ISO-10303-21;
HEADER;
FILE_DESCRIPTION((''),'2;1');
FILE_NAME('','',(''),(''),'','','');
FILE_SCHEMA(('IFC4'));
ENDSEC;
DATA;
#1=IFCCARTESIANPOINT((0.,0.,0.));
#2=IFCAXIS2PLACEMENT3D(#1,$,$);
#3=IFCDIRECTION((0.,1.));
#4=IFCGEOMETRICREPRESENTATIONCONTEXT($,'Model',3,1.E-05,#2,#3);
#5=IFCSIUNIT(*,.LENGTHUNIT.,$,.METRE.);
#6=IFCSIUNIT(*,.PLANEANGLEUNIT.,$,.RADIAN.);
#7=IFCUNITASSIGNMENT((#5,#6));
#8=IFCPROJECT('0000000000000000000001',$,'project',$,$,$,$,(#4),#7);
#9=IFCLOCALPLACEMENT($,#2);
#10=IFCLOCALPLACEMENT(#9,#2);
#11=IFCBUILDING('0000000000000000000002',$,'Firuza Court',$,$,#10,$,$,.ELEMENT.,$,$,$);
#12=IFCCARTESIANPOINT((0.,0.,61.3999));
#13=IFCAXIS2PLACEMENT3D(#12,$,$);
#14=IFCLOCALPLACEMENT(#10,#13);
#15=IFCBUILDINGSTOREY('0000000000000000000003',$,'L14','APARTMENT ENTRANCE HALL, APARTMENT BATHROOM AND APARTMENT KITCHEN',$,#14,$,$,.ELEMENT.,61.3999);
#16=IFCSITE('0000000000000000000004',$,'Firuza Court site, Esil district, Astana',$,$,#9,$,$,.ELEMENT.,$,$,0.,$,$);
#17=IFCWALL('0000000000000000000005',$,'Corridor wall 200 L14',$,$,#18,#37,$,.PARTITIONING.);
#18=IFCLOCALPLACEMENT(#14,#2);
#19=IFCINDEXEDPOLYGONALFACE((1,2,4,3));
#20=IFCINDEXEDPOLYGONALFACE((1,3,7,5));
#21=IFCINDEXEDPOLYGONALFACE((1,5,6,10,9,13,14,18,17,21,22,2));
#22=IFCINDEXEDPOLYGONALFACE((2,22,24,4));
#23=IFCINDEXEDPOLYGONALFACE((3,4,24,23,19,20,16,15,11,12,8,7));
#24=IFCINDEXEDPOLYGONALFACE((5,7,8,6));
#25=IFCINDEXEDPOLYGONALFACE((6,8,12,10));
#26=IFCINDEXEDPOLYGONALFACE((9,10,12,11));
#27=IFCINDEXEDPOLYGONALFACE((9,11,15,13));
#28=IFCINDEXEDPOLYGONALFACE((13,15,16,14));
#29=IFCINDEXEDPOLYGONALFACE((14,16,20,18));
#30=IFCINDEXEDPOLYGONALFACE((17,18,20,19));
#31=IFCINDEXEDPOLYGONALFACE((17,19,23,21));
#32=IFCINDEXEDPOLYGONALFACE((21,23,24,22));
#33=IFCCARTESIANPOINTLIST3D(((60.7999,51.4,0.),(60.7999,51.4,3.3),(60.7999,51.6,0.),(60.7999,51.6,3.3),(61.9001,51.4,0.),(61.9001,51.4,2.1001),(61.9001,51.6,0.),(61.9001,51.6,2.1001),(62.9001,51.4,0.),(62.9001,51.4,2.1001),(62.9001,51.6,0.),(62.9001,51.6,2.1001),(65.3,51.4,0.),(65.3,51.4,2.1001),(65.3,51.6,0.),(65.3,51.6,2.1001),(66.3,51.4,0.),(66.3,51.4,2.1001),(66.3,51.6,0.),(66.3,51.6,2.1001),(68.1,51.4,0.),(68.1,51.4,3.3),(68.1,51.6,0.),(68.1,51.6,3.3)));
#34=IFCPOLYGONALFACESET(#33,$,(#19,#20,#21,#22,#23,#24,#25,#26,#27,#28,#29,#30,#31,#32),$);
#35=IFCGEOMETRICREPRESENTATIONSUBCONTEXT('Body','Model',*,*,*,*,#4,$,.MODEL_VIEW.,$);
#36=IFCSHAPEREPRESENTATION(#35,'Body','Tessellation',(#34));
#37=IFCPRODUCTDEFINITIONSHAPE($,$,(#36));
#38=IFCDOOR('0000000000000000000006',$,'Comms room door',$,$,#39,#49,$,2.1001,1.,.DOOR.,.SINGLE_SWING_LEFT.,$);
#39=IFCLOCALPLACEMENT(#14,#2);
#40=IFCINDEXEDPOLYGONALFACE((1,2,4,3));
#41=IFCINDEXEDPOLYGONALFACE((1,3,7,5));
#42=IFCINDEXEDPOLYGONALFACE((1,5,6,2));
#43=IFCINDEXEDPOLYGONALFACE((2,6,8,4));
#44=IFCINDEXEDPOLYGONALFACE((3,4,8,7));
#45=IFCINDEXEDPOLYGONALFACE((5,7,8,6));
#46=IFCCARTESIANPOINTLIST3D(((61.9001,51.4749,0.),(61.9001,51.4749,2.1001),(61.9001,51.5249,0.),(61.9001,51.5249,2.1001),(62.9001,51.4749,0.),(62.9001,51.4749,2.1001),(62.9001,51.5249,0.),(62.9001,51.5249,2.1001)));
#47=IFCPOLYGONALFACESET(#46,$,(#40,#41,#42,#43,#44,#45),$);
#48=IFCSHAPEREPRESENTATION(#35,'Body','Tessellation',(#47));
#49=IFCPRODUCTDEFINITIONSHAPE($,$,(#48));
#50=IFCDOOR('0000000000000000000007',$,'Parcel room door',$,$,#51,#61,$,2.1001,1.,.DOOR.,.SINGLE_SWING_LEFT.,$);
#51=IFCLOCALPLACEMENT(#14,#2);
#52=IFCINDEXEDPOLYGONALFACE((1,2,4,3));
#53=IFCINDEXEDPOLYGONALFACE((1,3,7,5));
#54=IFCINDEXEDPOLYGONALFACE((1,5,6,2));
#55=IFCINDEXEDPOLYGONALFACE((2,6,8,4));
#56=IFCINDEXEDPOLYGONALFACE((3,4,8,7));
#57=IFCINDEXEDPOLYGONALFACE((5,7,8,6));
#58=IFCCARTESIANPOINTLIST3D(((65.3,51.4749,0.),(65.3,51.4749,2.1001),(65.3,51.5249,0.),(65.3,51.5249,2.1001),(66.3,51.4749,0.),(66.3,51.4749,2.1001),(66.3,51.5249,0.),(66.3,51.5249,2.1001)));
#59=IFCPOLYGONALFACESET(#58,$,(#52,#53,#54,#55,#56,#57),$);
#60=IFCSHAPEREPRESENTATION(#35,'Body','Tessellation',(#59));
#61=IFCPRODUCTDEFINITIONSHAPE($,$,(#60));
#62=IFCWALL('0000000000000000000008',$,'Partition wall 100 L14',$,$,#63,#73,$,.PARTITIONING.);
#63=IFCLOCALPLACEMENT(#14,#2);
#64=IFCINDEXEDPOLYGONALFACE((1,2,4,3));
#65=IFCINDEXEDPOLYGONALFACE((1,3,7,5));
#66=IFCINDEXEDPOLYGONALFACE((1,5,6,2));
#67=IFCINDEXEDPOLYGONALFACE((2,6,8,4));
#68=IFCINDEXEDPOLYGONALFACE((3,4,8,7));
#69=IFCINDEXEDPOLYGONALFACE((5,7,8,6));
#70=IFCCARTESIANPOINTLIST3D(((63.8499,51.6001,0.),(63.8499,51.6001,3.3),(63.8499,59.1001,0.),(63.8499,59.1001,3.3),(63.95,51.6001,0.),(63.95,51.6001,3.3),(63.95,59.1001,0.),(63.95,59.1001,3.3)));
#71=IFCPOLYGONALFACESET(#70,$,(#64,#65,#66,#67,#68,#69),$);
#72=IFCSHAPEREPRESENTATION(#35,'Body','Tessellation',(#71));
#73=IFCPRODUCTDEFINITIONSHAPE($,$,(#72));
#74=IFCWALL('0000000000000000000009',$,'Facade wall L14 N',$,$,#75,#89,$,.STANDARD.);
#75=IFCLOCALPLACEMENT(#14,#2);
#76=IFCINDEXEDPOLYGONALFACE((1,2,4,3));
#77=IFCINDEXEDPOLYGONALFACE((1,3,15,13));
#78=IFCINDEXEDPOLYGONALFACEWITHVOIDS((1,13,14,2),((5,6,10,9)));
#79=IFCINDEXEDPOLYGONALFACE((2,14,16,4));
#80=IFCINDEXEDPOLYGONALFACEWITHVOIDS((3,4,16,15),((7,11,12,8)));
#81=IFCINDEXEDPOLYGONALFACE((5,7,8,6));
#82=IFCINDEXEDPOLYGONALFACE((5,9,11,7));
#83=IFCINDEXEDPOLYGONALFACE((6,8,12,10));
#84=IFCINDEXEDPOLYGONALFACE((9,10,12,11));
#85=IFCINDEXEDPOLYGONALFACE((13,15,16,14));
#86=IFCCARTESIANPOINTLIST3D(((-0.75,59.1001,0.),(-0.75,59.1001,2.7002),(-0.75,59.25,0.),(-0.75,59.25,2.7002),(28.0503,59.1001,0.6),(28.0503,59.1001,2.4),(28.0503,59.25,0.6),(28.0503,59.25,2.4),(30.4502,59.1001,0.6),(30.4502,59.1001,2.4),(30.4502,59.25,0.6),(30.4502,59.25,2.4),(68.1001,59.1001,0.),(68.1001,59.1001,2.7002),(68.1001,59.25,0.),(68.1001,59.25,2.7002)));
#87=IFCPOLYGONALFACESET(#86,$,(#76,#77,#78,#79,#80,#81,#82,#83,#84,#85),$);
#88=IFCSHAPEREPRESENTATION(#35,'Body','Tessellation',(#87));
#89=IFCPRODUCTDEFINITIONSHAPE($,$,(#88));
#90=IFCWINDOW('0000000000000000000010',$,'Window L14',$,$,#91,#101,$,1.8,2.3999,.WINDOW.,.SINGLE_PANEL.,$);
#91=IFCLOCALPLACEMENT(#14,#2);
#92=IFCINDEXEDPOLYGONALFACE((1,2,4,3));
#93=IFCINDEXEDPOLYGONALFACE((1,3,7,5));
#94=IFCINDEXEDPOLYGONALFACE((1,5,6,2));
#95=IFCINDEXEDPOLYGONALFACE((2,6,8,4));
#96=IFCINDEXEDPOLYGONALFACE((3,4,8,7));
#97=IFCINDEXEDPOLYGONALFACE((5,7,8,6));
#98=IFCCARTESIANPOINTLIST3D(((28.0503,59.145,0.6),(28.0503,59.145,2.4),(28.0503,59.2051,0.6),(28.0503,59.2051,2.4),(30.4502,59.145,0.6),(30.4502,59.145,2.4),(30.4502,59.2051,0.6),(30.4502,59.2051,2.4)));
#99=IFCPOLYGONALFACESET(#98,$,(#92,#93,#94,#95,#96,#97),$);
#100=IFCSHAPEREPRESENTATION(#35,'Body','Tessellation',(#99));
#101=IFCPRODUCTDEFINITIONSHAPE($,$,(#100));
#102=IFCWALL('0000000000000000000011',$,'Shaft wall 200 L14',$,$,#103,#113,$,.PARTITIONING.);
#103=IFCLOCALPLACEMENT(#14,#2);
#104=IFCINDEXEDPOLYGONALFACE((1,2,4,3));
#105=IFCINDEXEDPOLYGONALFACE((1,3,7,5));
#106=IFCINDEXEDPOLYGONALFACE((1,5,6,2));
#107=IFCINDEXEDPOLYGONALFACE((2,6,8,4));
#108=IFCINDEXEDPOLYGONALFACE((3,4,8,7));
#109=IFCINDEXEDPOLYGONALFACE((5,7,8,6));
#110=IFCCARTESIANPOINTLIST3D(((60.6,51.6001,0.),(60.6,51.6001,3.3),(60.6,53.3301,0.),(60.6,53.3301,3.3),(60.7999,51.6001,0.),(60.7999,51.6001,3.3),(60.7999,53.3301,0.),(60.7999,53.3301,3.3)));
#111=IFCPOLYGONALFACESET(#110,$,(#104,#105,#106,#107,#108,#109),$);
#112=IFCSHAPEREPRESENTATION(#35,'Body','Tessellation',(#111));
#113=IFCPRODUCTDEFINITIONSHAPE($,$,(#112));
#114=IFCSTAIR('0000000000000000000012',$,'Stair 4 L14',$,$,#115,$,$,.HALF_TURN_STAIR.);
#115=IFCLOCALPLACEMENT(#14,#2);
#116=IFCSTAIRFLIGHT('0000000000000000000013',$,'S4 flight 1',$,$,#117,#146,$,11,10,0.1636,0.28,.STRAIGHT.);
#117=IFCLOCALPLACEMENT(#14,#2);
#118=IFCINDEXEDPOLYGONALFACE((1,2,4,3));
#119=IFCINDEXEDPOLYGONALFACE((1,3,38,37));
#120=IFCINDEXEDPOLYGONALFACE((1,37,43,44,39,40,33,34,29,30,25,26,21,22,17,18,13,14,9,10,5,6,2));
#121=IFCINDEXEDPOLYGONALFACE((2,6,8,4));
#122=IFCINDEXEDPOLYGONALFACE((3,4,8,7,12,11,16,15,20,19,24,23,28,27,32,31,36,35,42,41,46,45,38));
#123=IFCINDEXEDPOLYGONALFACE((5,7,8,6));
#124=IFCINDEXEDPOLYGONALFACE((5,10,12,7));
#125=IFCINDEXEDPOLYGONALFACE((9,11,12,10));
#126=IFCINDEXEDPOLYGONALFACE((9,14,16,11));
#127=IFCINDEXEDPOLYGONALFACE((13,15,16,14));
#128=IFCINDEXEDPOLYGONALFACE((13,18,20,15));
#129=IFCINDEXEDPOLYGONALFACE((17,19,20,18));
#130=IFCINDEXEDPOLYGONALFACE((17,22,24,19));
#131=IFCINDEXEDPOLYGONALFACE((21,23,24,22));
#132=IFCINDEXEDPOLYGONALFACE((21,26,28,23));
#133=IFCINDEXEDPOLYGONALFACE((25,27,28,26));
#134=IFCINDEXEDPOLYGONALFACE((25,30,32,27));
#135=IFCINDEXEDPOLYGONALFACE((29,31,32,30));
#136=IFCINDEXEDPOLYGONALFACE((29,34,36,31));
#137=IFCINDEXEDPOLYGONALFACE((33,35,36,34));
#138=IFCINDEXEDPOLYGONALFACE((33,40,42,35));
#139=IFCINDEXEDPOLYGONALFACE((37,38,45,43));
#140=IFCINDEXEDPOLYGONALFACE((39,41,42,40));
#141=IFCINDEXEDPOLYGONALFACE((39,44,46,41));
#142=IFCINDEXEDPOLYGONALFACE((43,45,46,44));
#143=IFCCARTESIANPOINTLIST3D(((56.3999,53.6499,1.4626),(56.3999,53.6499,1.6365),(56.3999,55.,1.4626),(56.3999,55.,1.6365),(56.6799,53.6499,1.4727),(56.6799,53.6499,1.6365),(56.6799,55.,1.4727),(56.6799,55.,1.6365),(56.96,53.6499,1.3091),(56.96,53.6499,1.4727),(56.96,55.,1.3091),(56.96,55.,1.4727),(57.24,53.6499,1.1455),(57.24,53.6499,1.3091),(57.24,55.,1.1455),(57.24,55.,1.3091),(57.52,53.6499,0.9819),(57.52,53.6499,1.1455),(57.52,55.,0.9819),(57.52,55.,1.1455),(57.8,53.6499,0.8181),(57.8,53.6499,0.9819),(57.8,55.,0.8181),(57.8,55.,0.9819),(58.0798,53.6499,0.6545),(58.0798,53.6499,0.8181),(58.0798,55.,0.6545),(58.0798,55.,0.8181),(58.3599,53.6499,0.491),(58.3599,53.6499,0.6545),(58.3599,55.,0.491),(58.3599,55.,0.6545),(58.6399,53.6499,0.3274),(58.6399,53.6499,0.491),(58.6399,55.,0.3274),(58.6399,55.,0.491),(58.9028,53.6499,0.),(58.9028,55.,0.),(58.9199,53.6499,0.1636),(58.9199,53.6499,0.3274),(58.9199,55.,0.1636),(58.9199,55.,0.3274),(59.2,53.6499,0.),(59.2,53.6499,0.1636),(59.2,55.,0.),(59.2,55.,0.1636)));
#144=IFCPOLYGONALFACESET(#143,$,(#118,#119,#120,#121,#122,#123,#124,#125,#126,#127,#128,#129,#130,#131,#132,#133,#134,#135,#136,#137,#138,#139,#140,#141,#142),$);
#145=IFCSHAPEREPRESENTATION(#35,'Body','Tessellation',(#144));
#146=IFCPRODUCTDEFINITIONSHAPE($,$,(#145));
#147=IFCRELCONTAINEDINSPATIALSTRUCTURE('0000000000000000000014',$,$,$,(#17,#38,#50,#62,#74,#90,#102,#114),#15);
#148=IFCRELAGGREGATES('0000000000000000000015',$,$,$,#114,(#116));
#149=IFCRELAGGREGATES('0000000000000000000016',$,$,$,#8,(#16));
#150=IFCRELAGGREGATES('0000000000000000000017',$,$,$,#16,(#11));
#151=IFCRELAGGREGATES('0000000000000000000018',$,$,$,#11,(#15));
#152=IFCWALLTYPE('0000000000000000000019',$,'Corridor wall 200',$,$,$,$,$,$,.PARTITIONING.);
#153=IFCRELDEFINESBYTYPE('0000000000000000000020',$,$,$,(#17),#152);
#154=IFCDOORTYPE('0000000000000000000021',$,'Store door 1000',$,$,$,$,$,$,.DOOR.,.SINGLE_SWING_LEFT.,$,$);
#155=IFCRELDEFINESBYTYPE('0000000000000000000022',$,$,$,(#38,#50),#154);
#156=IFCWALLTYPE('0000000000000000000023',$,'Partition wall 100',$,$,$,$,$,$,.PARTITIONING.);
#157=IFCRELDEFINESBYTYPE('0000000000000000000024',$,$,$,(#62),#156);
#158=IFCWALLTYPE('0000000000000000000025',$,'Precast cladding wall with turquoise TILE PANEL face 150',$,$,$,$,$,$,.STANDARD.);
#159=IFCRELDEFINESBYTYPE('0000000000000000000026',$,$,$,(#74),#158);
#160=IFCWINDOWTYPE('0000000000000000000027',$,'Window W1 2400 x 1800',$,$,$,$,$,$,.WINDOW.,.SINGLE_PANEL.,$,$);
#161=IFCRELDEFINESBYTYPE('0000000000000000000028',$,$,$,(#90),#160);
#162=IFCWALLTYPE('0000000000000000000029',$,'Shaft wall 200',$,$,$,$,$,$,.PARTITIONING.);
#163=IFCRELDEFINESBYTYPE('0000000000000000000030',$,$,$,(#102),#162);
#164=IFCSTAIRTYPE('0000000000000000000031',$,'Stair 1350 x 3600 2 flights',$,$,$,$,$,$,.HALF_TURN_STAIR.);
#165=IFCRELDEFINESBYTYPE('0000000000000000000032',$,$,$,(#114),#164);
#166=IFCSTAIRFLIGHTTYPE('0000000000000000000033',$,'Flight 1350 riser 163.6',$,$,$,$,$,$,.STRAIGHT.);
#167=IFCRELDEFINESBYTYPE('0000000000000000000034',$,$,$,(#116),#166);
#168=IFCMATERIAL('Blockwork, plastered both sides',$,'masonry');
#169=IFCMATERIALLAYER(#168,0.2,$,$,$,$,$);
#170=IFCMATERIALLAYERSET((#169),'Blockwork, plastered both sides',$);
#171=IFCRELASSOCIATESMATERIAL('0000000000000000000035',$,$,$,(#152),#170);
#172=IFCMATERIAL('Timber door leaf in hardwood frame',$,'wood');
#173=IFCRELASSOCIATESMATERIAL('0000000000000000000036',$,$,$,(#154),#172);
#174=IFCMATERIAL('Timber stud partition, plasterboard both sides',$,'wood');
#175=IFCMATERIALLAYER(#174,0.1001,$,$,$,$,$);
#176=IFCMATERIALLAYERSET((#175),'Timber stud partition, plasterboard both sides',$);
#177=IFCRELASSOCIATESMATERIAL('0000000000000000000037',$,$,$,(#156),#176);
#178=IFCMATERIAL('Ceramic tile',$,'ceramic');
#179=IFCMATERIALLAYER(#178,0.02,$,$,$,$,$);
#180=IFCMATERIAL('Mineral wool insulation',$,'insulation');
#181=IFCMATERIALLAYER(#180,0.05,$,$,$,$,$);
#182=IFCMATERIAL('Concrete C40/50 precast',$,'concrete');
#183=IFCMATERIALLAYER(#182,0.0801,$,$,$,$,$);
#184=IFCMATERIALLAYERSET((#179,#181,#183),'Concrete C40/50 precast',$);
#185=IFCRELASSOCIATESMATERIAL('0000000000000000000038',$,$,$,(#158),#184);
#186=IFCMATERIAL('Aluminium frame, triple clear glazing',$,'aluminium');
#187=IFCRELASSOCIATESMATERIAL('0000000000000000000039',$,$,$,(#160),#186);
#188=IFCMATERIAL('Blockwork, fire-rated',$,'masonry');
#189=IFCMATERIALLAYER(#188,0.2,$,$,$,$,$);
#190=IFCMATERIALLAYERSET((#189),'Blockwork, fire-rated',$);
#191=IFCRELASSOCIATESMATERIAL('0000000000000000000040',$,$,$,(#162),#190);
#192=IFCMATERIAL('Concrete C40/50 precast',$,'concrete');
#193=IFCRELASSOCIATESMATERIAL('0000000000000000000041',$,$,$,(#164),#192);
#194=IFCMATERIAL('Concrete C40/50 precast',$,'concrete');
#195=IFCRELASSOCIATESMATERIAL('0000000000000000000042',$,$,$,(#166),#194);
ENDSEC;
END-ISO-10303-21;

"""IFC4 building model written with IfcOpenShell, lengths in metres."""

from ifc_helpers import new_model, si_unit, direction, frame, frame_2d, origin, place, context, subcontext, project, spatial, polyline, rectangle, outline, extrude, material, layer, layer_set, type_object, element, fill, aggregate, save


model = new_model("IFC4")

# Units and contexts
model_context = context("Model", 3, precision=1e-05, world=origin(), true_north=direction((0.0, 1.0)))
body_context = subcontext(model_context, "Body", "Model", "MODEL_VIEW")
ifc_project = project(units=[si_unit("LENGTHUNIT", "METRE"), si_unit("PLANEANGLEUNIT", "RADIAN")], contexts=[model_context])

# Site, building, storey
site_placement = place(None, origin())
site = spatial("IfcSite", under=ifc_project, at=site_placement, Name="Firuza Court site, Esil district, Astana", CompositionType="ELEMENT", RefElevation=0.0)
building_placement = place(site_placement, origin())
building = spatial("IfcBuilding", under=site, at=building_placement, Name="Firuza Court", CompositionType="ELEMENT")
storey_placement = place(building_placement, frame((0.0, 0.0, 61.3999)))
storey = spatial("IfcBuildingStorey", under=building, at=storey_placement, Name="L14", Description="APARTMENT ENTRANCE HALL, APARTMENT BATHROOM AND APARTMENT KITCHEN", CompositionType="ELEMENT", Elevation=61.3999)

# Wall, openings, doors
ifc_material_1 = material(Name="Blockwork, plastered both sides", Category="masonry")
ifc_layer_1 = layer(ifc_material_1, 0.2)
ifc_layer_set_1 = layer_set([ifc_layer_1], Name="Blockwork, plastered both sides")
wall_type_1 = type_object("IfcWallType", Name="Corridor wall 200", PredefinedType="PARTITIONING", material=ifc_layer_set_1)
wall_1_placement = place(storey_placement, frame((60.8, 51.5, 0.0), z_axis=(0.0, 0.0, 1.0), x_axis=(1.0, 0.0, 0.0)))
wall_1 = element("IfcWall", 1, at=wall_1_placement, inside=storey, type_object=wall_type_1, Name="Corridor wall 200 L14", PredefinedType="PARTITIONING", context=body_context, shape_type="SweptSolid", body=[
    extrude(rectangle(XDim=7.3, YDim=0.2, at=frame_2d((3.6499, 0.0))), origin(), (0.0, 0.0, 1.0), 3.3),
])
opening_1_placement = place(wall_1_placement, frame((1.1001, 0.0, 0.0)))
opening_1 = element("IfcOpeningElement", 2, at=opening_1_placement, cuts=wall_1, PredefinedType="OPENING", context=body_context, shape_type="SweptSolid", body=[
    extrude(rectangle(XDim=1.0, YDim=2.1001, at=frame_2d((0.5, 1.05))), frame((0.0, 0.1118, 0.0), z_axis=(0.0, -1.0, 0.0), x_axis=(1.0, 0.0, 0.0)), (0.0, 0.0, 1.0), 0.2239),
])
opening_2_placement = place(wall_1_placement, frame((4.5, 0.0, 0.0)))
opening_2 = element("IfcOpeningElement", 3, at=opening_2_placement, cuts=wall_1, PredefinedType="OPENING", context=body_context, shape_type="SweptSolid", body=[
    extrude(rectangle(XDim=1.0, YDim=2.1001, at=frame_2d((0.5, 1.05))), frame((0.0, 0.1118, 0.0), z_axis=(0.0, -1.0, 0.0), x_axis=(1.0, 0.0, 0.0)), (0.0, 0.0, 1.0), 0.2239),
])
ifc_material_2 = material(Name="Timber door leaf in hardwood frame", Category="wood")
door_type = type_object("IfcDoorType", Name="Store door 1000", OperationType="SINGLE_SWING_LEFT", PredefinedType="DOOR", material=ifc_material_2)
door_1_placement = place(opening_1_placement, origin())
door_1 = element("IfcDoor", 4, at=door_1_placement, inside=storey, type_object=door_type, Name="Comms room door", OperationType="SINGLE_SWING_LEFT", OverallHeight=2.1001, OverallWidth=1.0, PredefinedType="DOOR", context=body_context, shape_type="SweptSolid", body=[
    extrude(rectangle(XDim=1.0, YDim=2.1001, at=frame_2d((0.5, 1.05))), frame((0.0, 0.0249, 0.0), z_axis=(0.0, -1.0, 0.0), x_axis=(1.0, 0.0, 0.0)), (0.0, 0.0, 1.0), 0.05),
])
fill(opening_1, door_1)
door_2_placement = place(opening_2_placement, origin())
door_2 = element("IfcDoor", 5, at=door_2_placement, inside=storey, type_object=door_type, Name="Parcel room door", OperationType="SINGLE_SWING_LEFT", OverallHeight=2.1001, OverallWidth=1.0, PredefinedType="DOOR", context=body_context, shape_type="SweptSolid", body=[
    extrude(rectangle(XDim=1.0, YDim=2.1001, at=frame_2d((0.5, 1.05))), frame((0.0, 0.0249, 0.0), z_axis=(0.0, -1.0, 0.0), x_axis=(1.0, 0.0, 0.0)), (0.0, 0.0, 1.0), 0.05),
])
fill(opening_2, door_2)

# Wall
ifc_material_3 = material(Name="Timber stud partition, plasterboard both sides", Category="wood")
ifc_layer_2 = layer(ifc_material_3, 0.1001)
ifc_layer_set_2 = layer_set([ifc_layer_2], Name="Timber stud partition, plasterboard both sides")
wall_type_2 = type_object("IfcWallType", Name="Partition wall 100", PredefinedType="PARTITIONING", material=ifc_layer_set_2)
wall_2_placement = place(storey_placement, frame((63.8999, 51.6001, 0.0), z_axis=(0.0, 0.0, 1.0), x_axis=(0.0, 1.0, 0.0)))
element("IfcWall", 6, at=wall_2_placement, inside=storey, type_object=wall_type_2, Name="Partition wall 100 L14", PredefinedType="PARTITIONING", context=body_context, shape_type="SweptSolid", body=[
    extrude(rectangle(XDim=7.5, YDim=0.1001, at=frame_2d((3.75, 0.0))), origin(), (0.0, 0.0, 1.0), 3.3),
])

# Wall, opening, window
ifc_material_4 = material(Name="Ceramic tile", Category="ceramic")
ifc_layer_3 = layer(ifc_material_4, 0.02)
ifc_material_5 = material(Name="Mineral wool insulation", Category="insulation")
ifc_layer_4 = layer(ifc_material_5, 0.05)
ifc_material_6 = material(Name="Concrete C40/50 precast", Category="concrete")
ifc_layer_5 = layer(ifc_material_6, 0.0801)
ifc_layer_set_3 = layer_set([ifc_layer_3, ifc_layer_4, ifc_layer_5], Name="Concrete C40/50 precast")
wall_type_3 = type_object("IfcWallType", Name="Precast cladding wall with turquoise TILE PANEL face 150", PredefinedType="STANDARD", material=ifc_layer_set_3)
wall_3_placement = place(storey_placement, frame((68.1001, 59.175, 0.0), z_axis=(0.0, 0.0, 1.0), x_axis=(-1.0, 0.0, 0.0)))
wall_3 = element("IfcWall", 7, at=wall_3_placement, inside=storey, type_object=wall_type_3, Name="Facade wall L14 N", PredefinedType="STANDARD", context=body_context, shape_type="SweptSolid", body=[
    extrude(rectangle(XDim=68.8501, YDim=0.1499, at=frame_2d((34.425, 0.0))), origin(), (0.0, 0.0, 1.0), 2.7002),
])
opening_3_placement = place(wall_3_placement, frame((37.6499, 0.0, 0.6001)))
opening_3 = element("IfcOpeningElement", 8, at=opening_3_placement, cuts=wall_3, PredefinedType="OPENING", context=body_context, shape_type="SweptSolid", body=[
    extrude(rectangle(XDim=2.3999, YDim=1.8, at=frame_2d((1.2, 0.8999))), frame((0.0, 0.0869, 0.0), z_axis=(0.0, -1.0, 0.0), x_axis=(1.0, 0.0, 0.0)), (0.0, 0.0, 1.0), 0.1738),
])
ifc_material_7 = material(Name="Aluminium frame, triple clear glazing", Category="aluminium")
window_type = type_object("IfcWindowType", Name="Window W1 2400 x 1800", PartitioningType="SINGLE_PANEL", PredefinedType="WINDOW", material=ifc_material_7)
window_placement = place(opening_3_placement, origin())
window = element("IfcWindow", 9, at=window_placement, inside=storey, type_object=window_type, Name="Window L14", OverallHeight=1.8, OverallWidth=2.3999, PartitioningType="SINGLE_PANEL", PredefinedType="WINDOW", context=body_context, shape_type="SweptSolid", body=[
    extrude(rectangle(XDim=2.3999, YDim=1.8, at=frame_2d((1.2, 0.8999))), frame((0.0, 0.03, 0.0), z_axis=(0.0, -1.0, 0.0), x_axis=(1.0, 0.0, 0.0)), (0.0, 0.0, 1.0), 0.0601),
])
fill(opening_3, window)

# Wall
ifc_material_8 = material(Name="Blockwork, fire-rated", Category="masonry")
ifc_layer_6 = layer(ifc_material_8, 0.2)
ifc_layer_set_4 = layer_set([ifc_layer_6], Name="Blockwork, fire-rated")
wall_type_4 = type_object("IfcWallType", Name="Shaft wall 200", PredefinedType="PARTITIONING", material=ifc_layer_set_4)
wall_4_placement = place(storey_placement, frame((60.7, 51.6001, 0.0), z_axis=(0.0, 0.0, 1.0), x_axis=(0.0, 1.0, 0.0)))
element("IfcWall", 10, at=wall_4_placement, inside=storey, type_object=wall_type_4, Name="Shaft wall 200 L14", PredefinedType="PARTITIONING", context=body_context, shape_type="SweptSolid", body=[
    extrude(rectangle(XDim=1.73, YDim=0.2, at=frame_2d((0.865, 0.0))), origin(), (0.0, 0.0, 1.0), 3.3),
])

# Stair, stair flight
ifc_material_9 = material(Name="Concrete C40/50 precast", Category="concrete")
stair_type = type_object("IfcStairType", Name="Stair 1350 x 3600 2 flights", PredefinedType="HALF_TURN_STAIR", material=ifc_material_9)
stair_placement = place(storey_placement, origin())
stair = element("IfcStair", 11, at=stair_placement, inside=storey, type_object=stair_type, Name="Stair 4 L14", PredefinedType="HALF_TURN_STAIR")
ifc_material_10 = material(Name="Concrete C40/50 precast", Category="concrete")
stair_flight_type = type_object("IfcStairFlightType", Name="Flight 1350 riser 163.6", PredefinedType="STRAIGHT", material=ifc_material_10)
stair_flight_1_placement = place(storey_placement, frame((59.2, 54.325, 0.0), z_axis=(0.0, 0.0, 1.0), x_axis=(-1.0, 0.0, 0.0)))
stair_flight_1 = element("IfcStairFlight", 12, at=stair_flight_1_placement, type_object=stair_flight_type, Name="S4 flight 1", NumberOfRisers=11, NumberOfTreads=10, PredefinedType="STRAIGHT", RiserHeight=0.1636, TreadLength=0.28, context=body_context, shape_type="SweptSolid", body=[
    extrude(outline(polyline([(0.0, 0.0), (0.0, 0.1636), (0.28, 0.1636), (0.28, 0.3274), (0.5601, 0.3274), (0.5601, 0.491), (0.8401, 0.491), (0.8401, 0.6545), (1.1201, 0.6545), (1.1201, 0.8181), (1.3999, 0.8181), (1.3999, 0.9819), (1.6799, 0.9819), (1.6799, 1.1455), (1.96, 1.1455), (1.96, 1.3091), (2.24, 1.3091), (2.24, 1.4727), (2.52, 1.4727), (2.52, 1.6365), (2.8, 1.6365), (2.8, 1.8), (2.8, 1.4626), (0.2971, 0.0), (0.0, 0.0)])), frame((0.0, 0.675, 0.0), z_axis=(0.0, -1.0, 0.0), x_axis=(1.0, 0.0, 0.0)), (0.0, 0.0, 1.0), 1.3501),
])
aggregate(stair, [stair_flight_1])

save(model, "model.ifc")
